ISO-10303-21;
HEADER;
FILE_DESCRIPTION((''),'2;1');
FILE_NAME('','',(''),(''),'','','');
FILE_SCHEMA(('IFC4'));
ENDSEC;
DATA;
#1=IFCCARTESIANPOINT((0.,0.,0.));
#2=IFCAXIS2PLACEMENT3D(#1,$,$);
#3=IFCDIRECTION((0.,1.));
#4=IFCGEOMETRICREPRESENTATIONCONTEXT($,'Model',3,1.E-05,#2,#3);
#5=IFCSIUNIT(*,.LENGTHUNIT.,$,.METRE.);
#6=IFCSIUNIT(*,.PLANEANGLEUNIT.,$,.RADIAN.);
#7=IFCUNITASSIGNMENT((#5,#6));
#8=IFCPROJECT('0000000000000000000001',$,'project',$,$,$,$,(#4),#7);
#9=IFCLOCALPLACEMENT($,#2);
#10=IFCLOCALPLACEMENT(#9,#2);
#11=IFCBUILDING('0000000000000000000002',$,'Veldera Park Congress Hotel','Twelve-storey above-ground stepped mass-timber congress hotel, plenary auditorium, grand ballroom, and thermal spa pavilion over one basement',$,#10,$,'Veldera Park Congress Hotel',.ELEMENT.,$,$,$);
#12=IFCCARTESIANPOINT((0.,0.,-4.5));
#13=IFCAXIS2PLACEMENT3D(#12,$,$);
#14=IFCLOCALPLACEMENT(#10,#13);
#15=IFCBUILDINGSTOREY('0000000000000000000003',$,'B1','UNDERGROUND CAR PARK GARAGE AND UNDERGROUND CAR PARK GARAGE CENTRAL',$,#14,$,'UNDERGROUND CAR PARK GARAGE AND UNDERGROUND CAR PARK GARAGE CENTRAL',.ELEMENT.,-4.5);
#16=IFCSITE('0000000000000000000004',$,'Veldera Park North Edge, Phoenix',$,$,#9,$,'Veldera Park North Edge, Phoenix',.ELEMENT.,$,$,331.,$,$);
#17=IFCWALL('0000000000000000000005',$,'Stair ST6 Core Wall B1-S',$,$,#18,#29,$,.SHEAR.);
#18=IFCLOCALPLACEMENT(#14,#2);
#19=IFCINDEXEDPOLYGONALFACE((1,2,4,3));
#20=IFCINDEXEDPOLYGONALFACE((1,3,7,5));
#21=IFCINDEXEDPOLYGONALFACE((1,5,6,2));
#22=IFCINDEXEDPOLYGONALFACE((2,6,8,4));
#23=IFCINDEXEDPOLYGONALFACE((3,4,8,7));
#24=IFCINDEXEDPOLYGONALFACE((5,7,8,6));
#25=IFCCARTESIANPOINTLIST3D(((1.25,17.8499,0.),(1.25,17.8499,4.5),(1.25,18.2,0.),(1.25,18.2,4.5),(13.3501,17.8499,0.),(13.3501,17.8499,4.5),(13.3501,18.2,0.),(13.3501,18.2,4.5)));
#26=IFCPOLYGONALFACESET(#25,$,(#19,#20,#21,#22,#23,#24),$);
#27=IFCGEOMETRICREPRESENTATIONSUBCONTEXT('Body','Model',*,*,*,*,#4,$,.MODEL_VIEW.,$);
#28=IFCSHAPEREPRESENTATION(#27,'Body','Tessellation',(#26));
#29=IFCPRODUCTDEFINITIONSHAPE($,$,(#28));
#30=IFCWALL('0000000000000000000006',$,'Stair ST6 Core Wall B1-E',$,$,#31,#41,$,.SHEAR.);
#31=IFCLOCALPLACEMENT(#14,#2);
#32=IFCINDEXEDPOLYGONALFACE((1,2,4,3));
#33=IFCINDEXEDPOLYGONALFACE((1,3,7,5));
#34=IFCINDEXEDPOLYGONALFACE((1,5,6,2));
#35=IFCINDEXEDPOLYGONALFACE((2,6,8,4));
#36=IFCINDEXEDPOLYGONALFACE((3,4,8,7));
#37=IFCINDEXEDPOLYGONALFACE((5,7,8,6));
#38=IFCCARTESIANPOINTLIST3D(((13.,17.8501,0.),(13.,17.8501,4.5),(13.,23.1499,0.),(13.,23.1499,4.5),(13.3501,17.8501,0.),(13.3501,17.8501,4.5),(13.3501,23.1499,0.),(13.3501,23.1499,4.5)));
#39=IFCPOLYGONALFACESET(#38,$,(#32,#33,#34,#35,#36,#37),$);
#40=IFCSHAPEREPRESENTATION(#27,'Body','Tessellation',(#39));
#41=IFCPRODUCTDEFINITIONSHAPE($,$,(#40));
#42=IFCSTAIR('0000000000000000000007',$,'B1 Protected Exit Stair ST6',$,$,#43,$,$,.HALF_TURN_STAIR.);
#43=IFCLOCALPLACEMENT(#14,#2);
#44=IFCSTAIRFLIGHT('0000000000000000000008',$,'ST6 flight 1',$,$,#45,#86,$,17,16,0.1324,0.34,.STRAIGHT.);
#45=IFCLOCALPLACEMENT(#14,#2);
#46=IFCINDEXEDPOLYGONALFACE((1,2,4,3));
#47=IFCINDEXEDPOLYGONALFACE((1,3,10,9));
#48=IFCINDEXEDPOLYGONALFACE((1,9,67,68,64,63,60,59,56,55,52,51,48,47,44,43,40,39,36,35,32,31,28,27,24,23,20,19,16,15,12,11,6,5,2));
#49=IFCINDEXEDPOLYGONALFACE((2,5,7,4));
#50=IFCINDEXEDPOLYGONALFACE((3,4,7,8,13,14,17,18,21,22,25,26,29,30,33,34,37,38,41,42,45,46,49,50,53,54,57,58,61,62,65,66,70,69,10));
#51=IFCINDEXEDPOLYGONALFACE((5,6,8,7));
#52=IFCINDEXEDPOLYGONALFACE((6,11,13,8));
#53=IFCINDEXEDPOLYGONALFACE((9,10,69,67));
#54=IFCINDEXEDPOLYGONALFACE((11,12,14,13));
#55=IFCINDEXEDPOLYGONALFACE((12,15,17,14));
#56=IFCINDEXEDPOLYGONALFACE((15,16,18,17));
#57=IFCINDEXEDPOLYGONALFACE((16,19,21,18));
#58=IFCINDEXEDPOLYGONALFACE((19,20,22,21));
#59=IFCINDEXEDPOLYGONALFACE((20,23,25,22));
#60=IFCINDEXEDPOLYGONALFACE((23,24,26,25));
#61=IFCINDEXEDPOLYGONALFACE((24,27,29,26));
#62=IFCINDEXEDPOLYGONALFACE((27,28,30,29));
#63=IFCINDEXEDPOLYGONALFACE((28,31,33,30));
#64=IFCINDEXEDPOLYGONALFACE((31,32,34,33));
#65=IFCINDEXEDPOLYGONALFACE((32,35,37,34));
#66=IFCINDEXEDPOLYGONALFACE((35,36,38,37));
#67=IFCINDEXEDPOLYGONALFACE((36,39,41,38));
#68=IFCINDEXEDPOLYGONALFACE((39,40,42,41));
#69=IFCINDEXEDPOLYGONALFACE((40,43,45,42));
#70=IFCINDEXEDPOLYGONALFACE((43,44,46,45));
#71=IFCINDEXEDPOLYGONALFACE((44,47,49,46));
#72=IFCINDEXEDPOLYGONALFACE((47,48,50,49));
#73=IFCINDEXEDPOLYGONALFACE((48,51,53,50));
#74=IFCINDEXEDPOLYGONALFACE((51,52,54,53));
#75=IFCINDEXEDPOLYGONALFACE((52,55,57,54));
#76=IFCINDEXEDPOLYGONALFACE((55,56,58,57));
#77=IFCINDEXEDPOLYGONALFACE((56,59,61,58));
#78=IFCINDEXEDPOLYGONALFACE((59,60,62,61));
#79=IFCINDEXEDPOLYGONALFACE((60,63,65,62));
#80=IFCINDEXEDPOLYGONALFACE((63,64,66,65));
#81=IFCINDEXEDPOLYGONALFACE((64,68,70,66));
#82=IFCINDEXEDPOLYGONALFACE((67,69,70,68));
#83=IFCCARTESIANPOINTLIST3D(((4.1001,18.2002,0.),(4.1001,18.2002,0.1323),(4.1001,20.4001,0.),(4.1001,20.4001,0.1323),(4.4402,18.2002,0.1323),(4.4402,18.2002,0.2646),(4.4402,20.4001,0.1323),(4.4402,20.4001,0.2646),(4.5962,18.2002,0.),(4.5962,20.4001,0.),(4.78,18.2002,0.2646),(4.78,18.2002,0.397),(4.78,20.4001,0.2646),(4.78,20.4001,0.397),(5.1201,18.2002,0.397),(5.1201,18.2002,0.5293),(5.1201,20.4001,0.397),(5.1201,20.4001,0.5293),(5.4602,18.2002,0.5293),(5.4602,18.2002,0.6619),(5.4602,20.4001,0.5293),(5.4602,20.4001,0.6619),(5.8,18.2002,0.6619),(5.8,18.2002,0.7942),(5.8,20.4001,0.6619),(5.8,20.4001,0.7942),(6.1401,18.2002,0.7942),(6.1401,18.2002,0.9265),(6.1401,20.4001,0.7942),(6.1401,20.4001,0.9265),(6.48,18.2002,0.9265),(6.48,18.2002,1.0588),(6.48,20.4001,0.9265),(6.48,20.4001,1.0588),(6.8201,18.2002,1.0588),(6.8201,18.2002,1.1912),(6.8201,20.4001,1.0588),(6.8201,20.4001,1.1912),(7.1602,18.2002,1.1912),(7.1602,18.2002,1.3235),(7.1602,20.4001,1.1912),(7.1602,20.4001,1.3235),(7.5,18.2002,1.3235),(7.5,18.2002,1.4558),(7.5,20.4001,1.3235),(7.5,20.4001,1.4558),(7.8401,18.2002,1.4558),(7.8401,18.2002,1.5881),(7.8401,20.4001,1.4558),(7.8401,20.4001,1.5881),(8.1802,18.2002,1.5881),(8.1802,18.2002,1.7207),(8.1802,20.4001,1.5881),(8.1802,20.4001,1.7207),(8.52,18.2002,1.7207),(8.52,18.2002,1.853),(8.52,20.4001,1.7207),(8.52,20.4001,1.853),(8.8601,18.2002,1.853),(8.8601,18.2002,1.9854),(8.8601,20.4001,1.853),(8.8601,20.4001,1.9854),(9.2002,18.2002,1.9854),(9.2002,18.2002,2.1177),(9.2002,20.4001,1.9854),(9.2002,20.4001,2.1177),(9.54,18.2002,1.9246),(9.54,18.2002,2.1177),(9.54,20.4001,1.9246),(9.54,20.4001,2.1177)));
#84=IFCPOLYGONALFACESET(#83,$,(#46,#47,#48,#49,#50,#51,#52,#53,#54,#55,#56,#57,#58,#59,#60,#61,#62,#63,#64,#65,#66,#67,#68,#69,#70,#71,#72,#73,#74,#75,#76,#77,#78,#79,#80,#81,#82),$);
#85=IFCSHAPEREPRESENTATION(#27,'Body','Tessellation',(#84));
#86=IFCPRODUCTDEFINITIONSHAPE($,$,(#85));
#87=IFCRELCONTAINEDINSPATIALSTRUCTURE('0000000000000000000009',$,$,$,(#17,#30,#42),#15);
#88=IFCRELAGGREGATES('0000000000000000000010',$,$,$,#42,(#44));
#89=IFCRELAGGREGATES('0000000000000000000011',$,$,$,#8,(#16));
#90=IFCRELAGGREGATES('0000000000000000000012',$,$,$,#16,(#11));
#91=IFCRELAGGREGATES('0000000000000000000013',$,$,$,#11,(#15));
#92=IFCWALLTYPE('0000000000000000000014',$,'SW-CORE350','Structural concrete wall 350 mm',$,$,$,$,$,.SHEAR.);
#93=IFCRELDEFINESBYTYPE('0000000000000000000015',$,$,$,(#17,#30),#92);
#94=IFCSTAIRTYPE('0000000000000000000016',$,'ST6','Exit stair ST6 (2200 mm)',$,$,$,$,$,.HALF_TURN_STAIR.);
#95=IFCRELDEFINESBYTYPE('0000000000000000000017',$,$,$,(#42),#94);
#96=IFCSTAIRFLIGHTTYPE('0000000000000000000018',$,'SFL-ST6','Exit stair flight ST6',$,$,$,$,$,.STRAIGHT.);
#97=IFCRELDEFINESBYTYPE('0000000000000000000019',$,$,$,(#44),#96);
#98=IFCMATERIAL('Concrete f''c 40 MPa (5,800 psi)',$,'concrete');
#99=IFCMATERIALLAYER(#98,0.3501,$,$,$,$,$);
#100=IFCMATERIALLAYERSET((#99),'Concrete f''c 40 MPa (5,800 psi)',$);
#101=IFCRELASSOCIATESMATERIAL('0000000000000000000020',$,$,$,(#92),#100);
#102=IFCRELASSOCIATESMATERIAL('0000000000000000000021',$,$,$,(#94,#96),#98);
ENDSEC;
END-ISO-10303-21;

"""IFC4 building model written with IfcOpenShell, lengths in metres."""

from ifc_helpers import new_model, si_unit, direction, frame, frame_2d, origin, place, context, subcontext, project, spatial, polyline, rectangle, outline, extrude, material, layer, layer_set, type_object, element, aggregate, save


model = new_model("IFC4")

# Units and contexts
model_context = context("Model", 3, precision=1e-05, world=origin(), true_north=direction((0.0, 1.0)))
body_context = subcontext(model_context, "Body", "Model", "MODEL_VIEW")
ifc_project = project(units=[si_unit("LENGTHUNIT", "METRE"), si_unit("PLANEANGLEUNIT", "RADIAN")], contexts=[model_context])

# Site, building, storey
site_placement = place(None, origin())
site = spatial("IfcSite", under=ifc_project, at=site_placement, Name="Veldera Park North Edge, Phoenix", LongName="Veldera Park North Edge, Phoenix", CompositionType="ELEMENT", RefElevation=331.0)
building_placement = place(site_placement, origin())
building = spatial("IfcBuilding", under=site, at=building_placement, Name="Veldera Park Congress Hotel", Description="Twelve-storey above-ground stepped mass-timber congress hotel, plenary auditorium, grand ballroom, and thermal spa pavilion over one basement", LongName="Veldera Park Congress Hotel", CompositionType="ELEMENT")
storey_placement = place(building_placement, frame((0.0, 0.0, -4.5)))
storey = spatial("IfcBuildingStorey", under=building, at=storey_placement, Name="B1", Description="UNDERGROUND CAR PARK GARAGE AND UNDERGROUND CAR PARK GARAGE CENTRAL", LongName="UNDERGROUND CAR PARK GARAGE AND UNDERGROUND CAR PARK GARAGE CENTRAL", CompositionType="ELEMENT", Elevation=-4.5)

# Shared definitions
ifc_material_1 = material(Name="Concrete f'c 40 MPa (5,800 psi)", Category="concrete")

# Walls
ifc_layer = layer(ifc_material_1, 0.3501)
ifc_layer_set = layer_set([ifc_layer], Name="Concrete f'c 40 MPa (5,800 psi)")
wall_type = type_object("IfcWallType", Name="SW-CORE350", Description="Structural concrete wall 350 mm", PredefinedType="SHEAR", material=ifc_layer_set)
wall_1_placement = place(storey_placement, frame((1.25, 18.0249, 0.0), z_axis=(0.0, 0.0, 1.0), x_axis=(1.0, 0.0, 0.0)))
element("IfcWall", 1, at=wall_1_placement, inside=storey, type_object=wall_type, Name="Stair ST6 Core Wall B1-S", PredefinedType="SHEAR", context=body_context, shape_type="SweptSolid", body=[
    extrude(rectangle(XDim=12.1001, YDim=0.3501, at=frame_2d((6.05, 0.0))), origin(), (0.0, 0.0, 1.0), 4.5),
])
wall_2_placement = place(storey_placement, frame((13.175, 17.8501, 0.0), z_axis=(0.0, 0.0, 1.0), x_axis=(0.0, 1.0, 0.0)))
element("IfcWall", 2, at=wall_2_placement, inside=storey, type_object=wall_type, Name="Stair ST6 Core Wall B1-E", PredefinedType="SHEAR", context=body_context, shape_type="SweptSolid", body=[
    extrude(rectangle(XDim=5.2998, YDim=0.3501, at=frame_2d((2.6499, 0.0))), origin(), (0.0, 0.0, 1.0), 4.5),
])

# Stair, stair flight
stair_type = type_object("IfcStairType", Name="ST6", Description="Exit stair ST6 (2200 mm)", PredefinedType="HALF_TURN_STAIR", material=ifc_material_1)
stair_placement = place(storey_placement, origin())
stair = element("IfcStair", 3, at=stair_placement, inside=storey, type_object=stair_type, Name="B1 Protected Exit Stair ST6", PredefinedType="HALF_TURN_STAIR")
stair_flight_type = type_object("IfcStairFlightType", Name="SFL-ST6", Description="Exit stair flight ST6", PredefinedType="STRAIGHT", material=ifc_material_1)
stair_flight_placement = place(storey_placement, frame((4.1001, 19.3, 0.0), z_axis=(0.0, 0.0, 1.0), x_axis=(1.0, 0.0, 0.0)))
stair_flight = element("IfcStairFlight", 4, at=stair_flight_placement, type_object=stair_flight_type, Name="ST6 flight 1", NumberOfRisers=17, NumberOfTreads=16, PredefinedType="STRAIGHT", RiserHeight=0.1324, TreadLength=0.34, context=body_context, shape_type="SweptSolid", body=[
    extrude(outline(polyline([(0.0, 0.0), (0.0, 0.1323), (0.3401, 0.1323), (0.3401, 0.2646), (0.6799, 0.2646), (0.6799, 0.397), (1.02, 0.397), (1.02, 0.5293), (1.3601, 0.5293), (1.3601, 0.6619), (1.7, 0.6619), (1.7, 0.7942), (2.04, 0.7942), (2.04, 0.9265), (2.3799, 0.9265), (2.3799, 1.0588), (2.72, 1.0588), (2.72, 1.1912), (3.0601, 1.1912), (3.0601, 1.3235), (3.3999, 1.3235), (3.3999, 1.4558), (3.74, 1.4558), (3.74, 1.5881), (4.0801, 1.5881), (4.0801, 1.7207), (4.4199, 1.7207), (4.4199, 1.853), (4.76, 1.853), (4.76, 1.9854), (5.1001, 1.9854), (5.1001, 2.1177), (5.4399, 2.1177), (5.4399, 2.25), (5.4399, 2.25), (5.4399, 1.9246), (0.4961, 0.0), (0.0, 0.0)])), frame((0.0, 1.1001, 0.0), z_axis=(0.0, -1.0, 0.0), x_axis=(1.0, 0.0, 0.0)), (0.0, 0.0, 1.0), 2.2),
])
aggregate(stair, [stair_flight])

save(model, "model.ifc")
